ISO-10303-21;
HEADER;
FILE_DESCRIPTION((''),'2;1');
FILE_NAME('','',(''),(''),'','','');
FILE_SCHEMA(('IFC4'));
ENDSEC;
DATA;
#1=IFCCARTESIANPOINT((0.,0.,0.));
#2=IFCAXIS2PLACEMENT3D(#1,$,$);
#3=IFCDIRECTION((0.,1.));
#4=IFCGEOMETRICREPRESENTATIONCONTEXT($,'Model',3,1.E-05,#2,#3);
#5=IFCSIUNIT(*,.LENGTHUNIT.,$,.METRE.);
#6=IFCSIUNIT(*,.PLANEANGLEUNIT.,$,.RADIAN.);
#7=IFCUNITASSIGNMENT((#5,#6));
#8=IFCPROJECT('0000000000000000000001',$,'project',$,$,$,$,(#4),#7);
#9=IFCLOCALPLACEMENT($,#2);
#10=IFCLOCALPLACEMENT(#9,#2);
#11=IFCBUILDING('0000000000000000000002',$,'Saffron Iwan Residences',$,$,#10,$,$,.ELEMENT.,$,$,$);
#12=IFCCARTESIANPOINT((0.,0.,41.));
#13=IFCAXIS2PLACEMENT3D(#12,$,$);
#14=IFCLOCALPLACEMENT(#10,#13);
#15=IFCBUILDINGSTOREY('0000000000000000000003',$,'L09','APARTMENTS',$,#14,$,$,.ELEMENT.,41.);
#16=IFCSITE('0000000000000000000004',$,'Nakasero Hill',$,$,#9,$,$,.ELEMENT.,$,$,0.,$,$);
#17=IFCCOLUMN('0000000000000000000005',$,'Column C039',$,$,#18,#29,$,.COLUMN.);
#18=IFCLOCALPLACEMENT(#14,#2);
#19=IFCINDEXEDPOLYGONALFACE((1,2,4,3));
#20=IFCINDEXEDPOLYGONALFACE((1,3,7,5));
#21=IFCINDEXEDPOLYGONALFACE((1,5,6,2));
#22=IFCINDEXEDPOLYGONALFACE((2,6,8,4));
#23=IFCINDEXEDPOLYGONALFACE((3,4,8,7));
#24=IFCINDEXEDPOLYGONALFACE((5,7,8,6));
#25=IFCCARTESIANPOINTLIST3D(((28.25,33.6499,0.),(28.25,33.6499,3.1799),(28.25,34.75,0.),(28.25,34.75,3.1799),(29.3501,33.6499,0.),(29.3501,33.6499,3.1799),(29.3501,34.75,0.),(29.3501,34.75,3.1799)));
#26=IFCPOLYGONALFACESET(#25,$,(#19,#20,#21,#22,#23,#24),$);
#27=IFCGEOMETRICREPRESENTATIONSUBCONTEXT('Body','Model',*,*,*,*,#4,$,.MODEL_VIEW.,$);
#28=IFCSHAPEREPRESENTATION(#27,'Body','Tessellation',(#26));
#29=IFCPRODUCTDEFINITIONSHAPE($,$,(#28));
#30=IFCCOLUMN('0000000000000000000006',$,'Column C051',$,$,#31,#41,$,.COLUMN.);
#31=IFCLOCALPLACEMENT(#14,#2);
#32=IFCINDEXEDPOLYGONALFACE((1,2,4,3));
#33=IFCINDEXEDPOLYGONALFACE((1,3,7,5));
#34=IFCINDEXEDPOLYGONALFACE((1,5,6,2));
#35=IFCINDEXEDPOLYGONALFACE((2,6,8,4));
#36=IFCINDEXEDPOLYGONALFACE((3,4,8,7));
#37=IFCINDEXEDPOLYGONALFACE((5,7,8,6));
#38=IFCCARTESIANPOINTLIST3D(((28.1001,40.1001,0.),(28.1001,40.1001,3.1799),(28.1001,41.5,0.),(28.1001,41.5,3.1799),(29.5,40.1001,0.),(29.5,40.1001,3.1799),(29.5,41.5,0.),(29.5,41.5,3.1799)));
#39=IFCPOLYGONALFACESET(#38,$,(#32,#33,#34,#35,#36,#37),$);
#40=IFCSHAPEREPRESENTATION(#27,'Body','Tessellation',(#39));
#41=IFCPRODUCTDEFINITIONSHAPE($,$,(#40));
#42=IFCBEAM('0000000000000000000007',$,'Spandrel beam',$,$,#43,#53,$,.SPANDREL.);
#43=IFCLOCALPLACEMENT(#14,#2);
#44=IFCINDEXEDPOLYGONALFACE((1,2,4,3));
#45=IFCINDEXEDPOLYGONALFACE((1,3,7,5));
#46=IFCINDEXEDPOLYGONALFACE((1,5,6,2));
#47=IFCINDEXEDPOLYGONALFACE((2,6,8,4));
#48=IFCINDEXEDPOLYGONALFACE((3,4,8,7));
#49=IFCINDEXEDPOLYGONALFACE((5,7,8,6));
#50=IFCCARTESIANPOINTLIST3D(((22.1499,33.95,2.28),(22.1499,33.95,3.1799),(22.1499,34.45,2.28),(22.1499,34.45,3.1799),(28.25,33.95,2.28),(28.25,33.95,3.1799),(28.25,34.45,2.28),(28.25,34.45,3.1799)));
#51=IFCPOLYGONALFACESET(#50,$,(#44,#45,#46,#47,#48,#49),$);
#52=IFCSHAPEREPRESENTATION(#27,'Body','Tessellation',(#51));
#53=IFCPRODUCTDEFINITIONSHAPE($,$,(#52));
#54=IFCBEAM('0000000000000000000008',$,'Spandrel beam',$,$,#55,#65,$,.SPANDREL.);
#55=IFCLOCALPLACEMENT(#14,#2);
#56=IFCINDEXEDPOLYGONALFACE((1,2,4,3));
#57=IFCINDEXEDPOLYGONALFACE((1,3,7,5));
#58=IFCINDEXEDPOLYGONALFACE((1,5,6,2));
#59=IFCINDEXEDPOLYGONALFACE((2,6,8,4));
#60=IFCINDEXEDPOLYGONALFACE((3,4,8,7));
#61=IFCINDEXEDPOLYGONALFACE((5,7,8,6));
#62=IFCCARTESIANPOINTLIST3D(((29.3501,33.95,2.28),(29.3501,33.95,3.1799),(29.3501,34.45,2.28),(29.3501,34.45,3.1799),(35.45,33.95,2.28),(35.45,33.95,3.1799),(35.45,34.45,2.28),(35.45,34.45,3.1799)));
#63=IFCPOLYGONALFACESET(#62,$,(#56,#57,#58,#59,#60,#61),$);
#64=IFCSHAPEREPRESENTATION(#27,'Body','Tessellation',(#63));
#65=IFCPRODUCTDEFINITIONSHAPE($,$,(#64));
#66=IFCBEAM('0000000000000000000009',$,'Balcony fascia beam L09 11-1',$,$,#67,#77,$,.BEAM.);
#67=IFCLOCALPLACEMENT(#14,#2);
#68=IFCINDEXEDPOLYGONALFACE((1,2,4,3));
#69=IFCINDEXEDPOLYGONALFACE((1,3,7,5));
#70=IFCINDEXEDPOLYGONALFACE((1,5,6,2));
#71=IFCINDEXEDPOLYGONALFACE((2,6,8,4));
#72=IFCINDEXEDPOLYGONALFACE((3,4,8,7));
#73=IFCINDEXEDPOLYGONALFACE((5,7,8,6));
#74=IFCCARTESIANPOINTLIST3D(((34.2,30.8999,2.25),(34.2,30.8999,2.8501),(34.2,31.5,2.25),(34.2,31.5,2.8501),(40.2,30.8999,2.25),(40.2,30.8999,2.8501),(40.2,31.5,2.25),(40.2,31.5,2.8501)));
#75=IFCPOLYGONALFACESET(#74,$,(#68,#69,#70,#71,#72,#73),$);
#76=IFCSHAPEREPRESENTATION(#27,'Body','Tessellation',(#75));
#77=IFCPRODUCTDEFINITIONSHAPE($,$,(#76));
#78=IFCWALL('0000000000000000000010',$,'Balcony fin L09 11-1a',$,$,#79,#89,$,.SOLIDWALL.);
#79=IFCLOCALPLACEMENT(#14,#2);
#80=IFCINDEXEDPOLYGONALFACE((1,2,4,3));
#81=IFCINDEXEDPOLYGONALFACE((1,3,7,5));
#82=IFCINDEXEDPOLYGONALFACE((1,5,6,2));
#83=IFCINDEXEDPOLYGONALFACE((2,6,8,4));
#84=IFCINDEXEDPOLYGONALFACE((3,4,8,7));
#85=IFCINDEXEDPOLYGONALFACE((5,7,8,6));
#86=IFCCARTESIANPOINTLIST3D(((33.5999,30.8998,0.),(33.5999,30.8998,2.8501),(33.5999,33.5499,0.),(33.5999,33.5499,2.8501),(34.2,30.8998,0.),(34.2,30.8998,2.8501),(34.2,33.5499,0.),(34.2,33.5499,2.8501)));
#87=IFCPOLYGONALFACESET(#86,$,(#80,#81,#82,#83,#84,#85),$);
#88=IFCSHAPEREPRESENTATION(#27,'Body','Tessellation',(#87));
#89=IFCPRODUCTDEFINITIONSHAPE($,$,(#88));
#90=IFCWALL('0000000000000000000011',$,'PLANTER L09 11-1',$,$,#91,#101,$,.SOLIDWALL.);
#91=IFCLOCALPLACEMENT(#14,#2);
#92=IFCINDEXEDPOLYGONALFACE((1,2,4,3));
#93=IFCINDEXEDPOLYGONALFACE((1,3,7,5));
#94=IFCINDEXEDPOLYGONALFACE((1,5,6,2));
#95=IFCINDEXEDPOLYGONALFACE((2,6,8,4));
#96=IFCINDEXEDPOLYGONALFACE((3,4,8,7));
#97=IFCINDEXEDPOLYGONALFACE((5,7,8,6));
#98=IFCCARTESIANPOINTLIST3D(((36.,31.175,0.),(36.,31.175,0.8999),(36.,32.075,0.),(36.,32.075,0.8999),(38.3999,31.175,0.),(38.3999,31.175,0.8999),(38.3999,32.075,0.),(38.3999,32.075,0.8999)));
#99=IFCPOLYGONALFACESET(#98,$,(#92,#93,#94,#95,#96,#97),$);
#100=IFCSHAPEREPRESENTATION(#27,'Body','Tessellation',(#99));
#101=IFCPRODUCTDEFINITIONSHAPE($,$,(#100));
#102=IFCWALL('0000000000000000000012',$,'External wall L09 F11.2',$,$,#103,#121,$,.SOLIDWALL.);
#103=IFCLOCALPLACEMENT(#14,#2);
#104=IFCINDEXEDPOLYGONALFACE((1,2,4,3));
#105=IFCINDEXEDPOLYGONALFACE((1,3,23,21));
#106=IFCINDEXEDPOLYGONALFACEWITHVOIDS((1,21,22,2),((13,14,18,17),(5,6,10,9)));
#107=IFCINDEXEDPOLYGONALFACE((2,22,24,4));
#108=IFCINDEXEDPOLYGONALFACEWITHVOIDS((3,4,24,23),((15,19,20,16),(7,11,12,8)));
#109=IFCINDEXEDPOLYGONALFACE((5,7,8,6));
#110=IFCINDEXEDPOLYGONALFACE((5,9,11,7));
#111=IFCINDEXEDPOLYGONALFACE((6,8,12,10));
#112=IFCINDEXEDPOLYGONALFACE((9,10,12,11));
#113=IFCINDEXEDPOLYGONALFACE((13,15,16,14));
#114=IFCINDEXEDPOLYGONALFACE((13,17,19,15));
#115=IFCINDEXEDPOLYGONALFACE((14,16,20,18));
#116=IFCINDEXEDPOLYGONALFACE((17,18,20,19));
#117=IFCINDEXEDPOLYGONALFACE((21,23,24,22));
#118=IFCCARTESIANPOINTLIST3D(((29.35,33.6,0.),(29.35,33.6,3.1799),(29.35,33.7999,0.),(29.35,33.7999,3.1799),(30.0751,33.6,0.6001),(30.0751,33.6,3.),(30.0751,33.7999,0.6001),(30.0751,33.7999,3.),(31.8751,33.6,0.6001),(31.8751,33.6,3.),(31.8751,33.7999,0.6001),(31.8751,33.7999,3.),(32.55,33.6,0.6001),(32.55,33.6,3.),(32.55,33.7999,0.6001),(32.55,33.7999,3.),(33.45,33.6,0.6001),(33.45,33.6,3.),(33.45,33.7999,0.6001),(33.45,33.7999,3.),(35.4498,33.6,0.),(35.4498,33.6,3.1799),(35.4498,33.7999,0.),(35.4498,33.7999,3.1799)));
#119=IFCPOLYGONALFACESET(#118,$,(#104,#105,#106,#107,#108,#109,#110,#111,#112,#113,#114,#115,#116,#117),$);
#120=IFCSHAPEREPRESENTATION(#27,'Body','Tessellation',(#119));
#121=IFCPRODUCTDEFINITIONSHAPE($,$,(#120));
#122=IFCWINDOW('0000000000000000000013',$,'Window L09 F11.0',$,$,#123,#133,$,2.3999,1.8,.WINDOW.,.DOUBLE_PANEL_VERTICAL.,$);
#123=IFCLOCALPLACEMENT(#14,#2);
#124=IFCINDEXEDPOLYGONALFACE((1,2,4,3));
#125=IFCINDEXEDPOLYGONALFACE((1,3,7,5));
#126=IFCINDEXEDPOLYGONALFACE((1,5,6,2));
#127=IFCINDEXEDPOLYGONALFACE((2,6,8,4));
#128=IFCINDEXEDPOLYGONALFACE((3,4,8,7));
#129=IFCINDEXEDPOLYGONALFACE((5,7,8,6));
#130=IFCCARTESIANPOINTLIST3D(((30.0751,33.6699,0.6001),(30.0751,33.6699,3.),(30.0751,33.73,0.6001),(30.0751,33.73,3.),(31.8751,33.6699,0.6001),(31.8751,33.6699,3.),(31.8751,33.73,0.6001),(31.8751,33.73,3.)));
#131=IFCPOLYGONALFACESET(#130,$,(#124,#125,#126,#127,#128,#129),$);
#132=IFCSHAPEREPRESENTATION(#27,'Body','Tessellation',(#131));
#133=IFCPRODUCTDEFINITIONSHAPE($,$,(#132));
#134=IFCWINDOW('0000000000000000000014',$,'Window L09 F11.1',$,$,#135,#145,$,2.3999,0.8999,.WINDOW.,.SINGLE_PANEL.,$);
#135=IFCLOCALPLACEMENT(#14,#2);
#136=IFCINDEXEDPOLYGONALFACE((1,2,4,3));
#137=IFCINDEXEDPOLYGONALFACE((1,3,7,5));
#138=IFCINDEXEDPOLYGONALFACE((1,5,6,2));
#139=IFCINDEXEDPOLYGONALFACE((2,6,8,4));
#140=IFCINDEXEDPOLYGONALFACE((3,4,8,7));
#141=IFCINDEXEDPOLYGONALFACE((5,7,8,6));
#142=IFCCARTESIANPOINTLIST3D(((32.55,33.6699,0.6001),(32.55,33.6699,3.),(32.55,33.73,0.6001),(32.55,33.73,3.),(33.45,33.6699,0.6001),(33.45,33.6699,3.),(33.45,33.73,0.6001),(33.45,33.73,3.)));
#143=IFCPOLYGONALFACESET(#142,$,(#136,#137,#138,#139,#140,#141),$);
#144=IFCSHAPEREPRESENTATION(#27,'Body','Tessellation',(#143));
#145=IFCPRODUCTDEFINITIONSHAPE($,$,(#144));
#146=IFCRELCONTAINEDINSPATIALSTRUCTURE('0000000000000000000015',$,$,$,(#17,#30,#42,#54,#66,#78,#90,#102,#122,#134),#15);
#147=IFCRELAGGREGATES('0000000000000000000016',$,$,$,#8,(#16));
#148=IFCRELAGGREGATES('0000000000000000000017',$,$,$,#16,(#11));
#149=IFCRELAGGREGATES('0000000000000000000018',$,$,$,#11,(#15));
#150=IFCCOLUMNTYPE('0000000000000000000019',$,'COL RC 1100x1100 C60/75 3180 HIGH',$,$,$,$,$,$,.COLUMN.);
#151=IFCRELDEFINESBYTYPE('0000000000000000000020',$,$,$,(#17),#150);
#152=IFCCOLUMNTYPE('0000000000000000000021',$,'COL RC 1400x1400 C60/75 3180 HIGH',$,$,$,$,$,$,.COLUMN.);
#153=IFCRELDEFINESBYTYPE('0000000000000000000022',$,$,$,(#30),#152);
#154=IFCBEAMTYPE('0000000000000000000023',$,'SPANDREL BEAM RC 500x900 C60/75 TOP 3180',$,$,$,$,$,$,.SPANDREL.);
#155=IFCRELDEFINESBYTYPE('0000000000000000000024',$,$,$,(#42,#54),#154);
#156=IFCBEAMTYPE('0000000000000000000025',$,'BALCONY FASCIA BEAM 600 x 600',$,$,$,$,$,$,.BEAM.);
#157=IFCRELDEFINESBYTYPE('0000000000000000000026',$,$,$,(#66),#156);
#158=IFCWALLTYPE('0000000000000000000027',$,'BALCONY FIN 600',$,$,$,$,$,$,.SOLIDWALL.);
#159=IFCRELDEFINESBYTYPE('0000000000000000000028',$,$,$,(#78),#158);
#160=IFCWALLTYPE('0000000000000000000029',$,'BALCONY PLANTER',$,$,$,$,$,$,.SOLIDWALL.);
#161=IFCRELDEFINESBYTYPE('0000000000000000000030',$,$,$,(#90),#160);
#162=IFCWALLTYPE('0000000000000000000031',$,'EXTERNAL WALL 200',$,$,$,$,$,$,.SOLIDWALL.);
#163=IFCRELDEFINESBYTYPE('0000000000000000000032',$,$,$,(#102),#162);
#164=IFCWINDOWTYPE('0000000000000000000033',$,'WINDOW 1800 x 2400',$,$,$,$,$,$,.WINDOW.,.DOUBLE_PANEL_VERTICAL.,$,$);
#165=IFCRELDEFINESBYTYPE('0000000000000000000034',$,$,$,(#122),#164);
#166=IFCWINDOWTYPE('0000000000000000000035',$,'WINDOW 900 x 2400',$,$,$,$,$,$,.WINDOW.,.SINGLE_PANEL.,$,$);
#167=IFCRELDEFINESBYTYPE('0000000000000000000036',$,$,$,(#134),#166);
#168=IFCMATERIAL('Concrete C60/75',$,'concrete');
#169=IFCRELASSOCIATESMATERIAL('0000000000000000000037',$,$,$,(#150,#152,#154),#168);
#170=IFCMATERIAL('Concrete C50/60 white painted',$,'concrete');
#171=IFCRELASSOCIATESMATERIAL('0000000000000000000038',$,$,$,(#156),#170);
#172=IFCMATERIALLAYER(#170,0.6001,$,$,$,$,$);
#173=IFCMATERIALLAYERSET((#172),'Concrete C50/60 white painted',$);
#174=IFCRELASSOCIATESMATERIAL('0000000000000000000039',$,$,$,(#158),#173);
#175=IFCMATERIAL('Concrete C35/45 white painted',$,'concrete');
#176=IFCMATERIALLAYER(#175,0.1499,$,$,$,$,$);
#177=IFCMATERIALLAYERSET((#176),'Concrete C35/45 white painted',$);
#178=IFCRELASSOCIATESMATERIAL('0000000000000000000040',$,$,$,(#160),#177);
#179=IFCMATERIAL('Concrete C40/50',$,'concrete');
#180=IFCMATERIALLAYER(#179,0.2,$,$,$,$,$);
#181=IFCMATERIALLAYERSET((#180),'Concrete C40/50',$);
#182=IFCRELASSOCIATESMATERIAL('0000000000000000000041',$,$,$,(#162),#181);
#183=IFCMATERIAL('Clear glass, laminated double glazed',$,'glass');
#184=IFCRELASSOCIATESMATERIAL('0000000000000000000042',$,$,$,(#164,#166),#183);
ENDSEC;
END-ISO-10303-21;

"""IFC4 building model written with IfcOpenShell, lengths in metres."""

from ifc_helpers import new_model, si_unit, direction, frame, frame_2d, origin, origin_2d, place, context, subcontext, project, spatial, rectangle, extrude, source, transform, mapped, material, layer, layer_set, material_profile, profile_set, type_object, element, fill, save


model = new_model("IFC4")

# Units and contexts
model_context = context("Model", 3, precision=1e-05, world=origin(), true_north=direction((0.0, 1.0)))
body_context = subcontext(model_context, "Body", "Model", "MODEL_VIEW")
ifc_project = project(units=[si_unit("LENGTHUNIT", "METRE"), si_unit("PLANEANGLEUNIT", "RADIAN")], contexts=[model_context])

# Site, building, storey
site_placement = place(None, origin())
site = spatial("IfcSite", under=ifc_project, at=site_placement, Name="Nakasero Hill", CompositionType="ELEMENT", RefElevation=0.0)
building_placement = place(site_placement, origin())
building = spatial("IfcBuilding", under=site, at=building_placement, Name="Saffron Iwan Residences", CompositionType="ELEMENT")
storey_placement = place(building_placement, frame((0.0, 0.0, 41.0)))
storey = spatial("IfcBuildingStorey", under=building, at=storey_placement, Name="L09", Description="APARTMENTS", CompositionType="ELEMENT", Elevation=41.0)

# Columns
ifc_material_1 = material(Name="Concrete C60/75", Category="concrete")
ifc_material_profile_1 = material_profile(ifc_material_1, rectangle(XDim=1.1001, YDim=1.1001, at=origin_2d()), Name="RC 1100x1100")
ifc_profile_set_1 = profile_set([ifc_material_profile_1], Name="Concrete C60/75")
column_type_1 = type_object("IfcColumnType", Name="COL RC 1100x1100 C60/75 3180 HIGH", PredefinedType="COLUMN", material=ifc_profile_set_1)
shared_shape_1 = source(origin(), body_context, "Body", "SweptSolid", [
    extrude(rectangle(XDim=1.1001, YDim=1.1001, at=origin_2d()), origin(), (0.0, 0.0, 1.0), 3.1799),
])
column_1_placement = place(storey_placement, frame((28.8, 34.2, 0.0), z_axis=(0.0, 0.0, 1.0), x_axis=(1.0, 0.0, 0.0)))
element("IfcColumn", 1, at=column_1_placement, inside=storey, type_object=column_type_1, Name="Column C039", PredefinedType="COLUMN", context=body_context, shape_type="MappedRepresentation", body=[
    mapped(shared_shape_1, transform((0.0, 0.0, 0.0))),
])
ifc_material_profile_2 = material_profile(ifc_material_1, rectangle(XDim=1.3999, YDim=1.3999, at=origin_2d()), Name="RC 1400x1400")
ifc_profile_set_2 = profile_set([ifc_material_profile_2], Name="Concrete C60/75")
column_type_2 = type_object("IfcColumnType", Name="COL RC 1400x1400 C60/75 3180 HIGH", PredefinedType="COLUMN", material=ifc_profile_set_2)
shared_shape_2 = source(origin(), body_context, "Body", "SweptSolid", [
    extrude(rectangle(XDim=1.3999, YDim=1.3999, at=origin_2d()), origin(), (0.0, 0.0, 1.0), 3.1799),
])
column_2_placement = place(storey_placement, frame((28.8, 40.8, 0.0), z_axis=(0.0, 0.0, 1.0), x_axis=(1.0, 0.0, 0.0)))
element("IfcColumn", 2, at=column_2_placement, inside=storey, type_object=column_type_2, Name="Column C051", PredefinedType="COLUMN", context=body_context, shape_type="MappedRepresentation", body=[
    mapped(shared_shape_2, transform((0.0, 0.0, 0.0))),
])

# Beams
ifc_material_profile_3 = material_profile(ifc_material_1, rectangle(XDim=0.5, YDim=0.8999, at=origin_2d()), Name="RC 500x900")
ifc_profile_set_3 = profile_set([ifc_material_profile_3], Name="Concrete C60/75")
beam_type_1 = type_object("IfcBeamType", Name="SPANDREL BEAM RC 500x900 C60/75 TOP 3180", PredefinedType="SPANDREL", material=ifc_profile_set_3)
shared_shape_3 = source(origin(), body_context, "Body", "SweptSolid", [
    extrude(rectangle(XDim=0.5, YDim=0.8999, at=origin_2d()), origin(), (0.0, 0.0, 1.0), 6.1001),
])
beam_1_placement = place(storey_placement, frame((28.25, 34.2, 2.73), z_axis=(-1.0, 0.0, 0.0), x_axis=(0.0, -1.0, 0.0)))
element("IfcBeam", 3, at=beam_1_placement, inside=storey, type_object=beam_type_1, Name="Spandrel beam", PredefinedType="SPANDREL", context=body_context, shape_type="MappedRepresentation", body=[
    mapped(shared_shape_3, transform((0.0, 0.0, 0.0))),
])
shared_shape_4 = source(origin(), body_context, "Body", "SweptSolid", [
    extrude(rectangle(XDim=0.5, YDim=0.8999, at=origin_2d()), origin(), (0.0, 0.0, 1.0), 6.0999),
])
beam_2_placement = place(storey_placement, frame((35.45, 34.2, 2.73), z_axis=(-1.0, 0.0, 0.0), x_axis=(0.0, -1.0, 0.0)))
element("IfcBeam", 4, at=beam_2_placement, inside=storey, type_object=beam_type_1, Name="Spandrel beam", PredefinedType="SPANDREL", context=body_context, shape_type="MappedRepresentation", body=[
    mapped(shared_shape_4, transform((0.0, 0.0, 0.0))),
])
ifc_material_2 = material(Name="Concrete C50/60 white painted", Category="concrete")
ifc_material_profile_4 = material_profile(ifc_material_2, rectangle(XDim=0.6001, YDim=0.6001, at=origin_2d()), Name="BALCONY FASCIA BEAM 600 x 600")
ifc_profile_set_4 = profile_set([ifc_material_profile_4], Name="Concrete C50/60 white painted")
beam_type_2 = type_object("IfcBeamType", Name="BALCONY FASCIA BEAM 600 x 600", PredefinedType="BEAM", material=ifc_profile_set_4)
shared_shape_5 = source(origin(), body_context, "Body", "SweptSolid", [
    extrude(rectangle(XDim=0.6001, YDim=0.6001, at=origin_2d()), origin(), (0.0, 0.0, 1.0), 6.0),
])
beam_3_placement = place(storey_placement, frame((34.2, 31.2, 2.55), z_axis=(1.0, 0.0, 0.0), x_axis=(0.0, 1.0, 0.0)))
element("IfcBeam", 5, at=beam_3_placement, inside=storey, type_object=beam_type_2, Name="Balcony fascia beam L09 11-1", PredefinedType="BEAM", context=body_context, shape_type="MappedRepresentation", body=[
    mapped(shared_shape_5, transform((0.0, 0.0, 0.0))),
])

# Walls
ifc_layer_1 = layer(ifc_material_2, 0.6001)
ifc_layer_set_1 = layer_set([ifc_layer_1], Name="Concrete C50/60 white painted")
wall_type_1 = type_object("IfcWallType", Name="BALCONY FIN 600", PredefinedType="SOLIDWALL", material=ifc_layer_set_1)
wall_1_placement = place(storey_placement, frame((33.8999, 33.55, 0.0), z_axis=(0.0, 0.0, 1.0), x_axis=(0.0, -1.0, 0.0)))
element("IfcWall", 6, at=wall_1_placement, inside=storey, type_object=wall_type_1, Name="Balcony fin L09 11-1a", PredefinedType="SOLIDWALL", context=body_context, shape_type="SweptSolid", body=[
    extrude(rectangle(XDim=2.6501, YDim=0.6001, at=frame_2d((1.3252, 0.0))), origin(), (0.0, 0.0, 1.0), 2.8501),
])
ifc_material_3 = material(Name="Concrete C35/45 white painted", Category="concrete")
ifc_layer_2 = layer(ifc_material_3, 0.1499)
ifc_layer_set_2 = layer_set([ifc_layer_2], Name="Concrete C35/45 white painted")
wall_type_2 = type_object("IfcWallType", Name="BALCONY PLANTER", PredefinedType="SOLIDWALL", material=ifc_layer_set_2)
wall_2_placement = place(storey_placement, frame((36.0, 31.625, 0.0), z_axis=(0.0, 0.0, 1.0), x_axis=(1.0, 0.0, 0.0)))
element("IfcWall", 7, at=wall_2_placement, inside=storey, type_object=wall_type_2, Name="PLANTER L09 11-1", PredefinedType="SOLIDWALL", context=body_context, shape_type="SweptSolid", body=[
    extrude(rectangle(XDim=2.3999, YDim=0.8999, at=frame_2d((1.2, 0.0))), origin(), (0.0, 0.0, 1.0), 0.8999),
])

# Wall, openings, windows
ifc_material_4 = material(Name="Concrete C40/50", Category="concrete")
ifc_layer_3 = layer(ifc_material_4, 0.2)
ifc_layer_set_3 = layer_set([ifc_layer_3], Name="Concrete C40/50")
wall_type_3 = type_object("IfcWallType", Name="EXTERNAL WALL 200", PredefinedType="SOLIDWALL", material=ifc_layer_set_3)
wall_3_placement = place(storey_placement, frame((29.3501, 33.7, 0.0), z_axis=(0.0, 0.0, 1.0), x_axis=(1.0, 0.0, 0.0)))
wall_3 = element("IfcWall", 8, at=wall_3_placement, inside=storey, type_object=wall_type_3, Name="External wall L09 F11.2", PredefinedType="SOLIDWALL", context=body_context, shape_type="SweptSolid", body=[
    extrude(rectangle(XDim=6.0999, YDim=0.2, at=frame_2d((3.0498, 0.0))), origin(), (0.0, 0.0, 1.0), 3.1799),
])
opening_1_placement = place(wall_3_placement, frame((0.7251, 0.0, 0.6001)))
opening_1 = element("IfcOpeningElement", 9, at=opening_1_placement, cuts=wall_3, PredefinedType="OPENING", context=body_context, shape_type="SweptSolid", body=[
    extrude(rectangle(XDim=1.8, YDim=2.3999, at=frame_2d((0.8999, 1.2))), frame((0.0, 0.1099, 0.0), z_axis=(0.0, -1.0, 0.0), x_axis=(1.0, 0.0, 0.0)), (0.0, 0.0, 1.0), 0.22),
])
opening_2_placement = place(wall_3_placement, frame((3.2, 0.0, 0.6001)))
opening_2 = element("IfcOpeningElement", 10, at=opening_2_placement, cuts=wall_3, PredefinedType="OPENING", context=body_context, shape_type="SweptSolid", body=[
    extrude(rectangle(XDim=0.8999, YDim=2.3999, at=frame_2d((0.45, 1.2))), frame((0.0, 0.1099, 0.0), z_axis=(0.0, -1.0, 0.0), x_axis=(1.0, 0.0, 0.0)), (0.0, 0.0, 1.0), 0.22),
])
ifc_material_5 = material(Name="Clear glass, laminated double glazed", Category="glass")
window_type_1 = type_object("IfcWindowType", Name="WINDOW 1800 x 2400", PartitioningType="DOUBLE_PANEL_VERTICAL", PredefinedType="WINDOW", material=ifc_material_5)
window_1_placement = place(opening_1_placement, origin())
window_1 = element("IfcWindow", 11, at=window_1_placement, inside=storey, type_object=window_type_1, Name="Window L09 F11.0", OverallHeight=2.3999, OverallWidth=1.8, PartitioningType="DOUBLE_PANEL_VERTICAL", PredefinedType="WINDOW", context=body_context, shape_type="SweptSolid", body=[
    extrude(rectangle(XDim=1.8, YDim=2.3999, at=frame_2d((0.8999, 1.2))), frame((0.0, 0.03, 0.0), z_axis=(0.0, -1.0, 0.0), x_axis=(1.0, 0.0, 0.0)), (0.0, 0.0, 1.0), 0.0601),
])
fill(opening_1, window_1)
window_type_2 = type_object("IfcWindowType", Name="WINDOW 900 x 2400", PartitioningType="SINGLE_PANEL", PredefinedType="WINDOW", material=ifc_material_5)
window_2_placement = place(opening_2_placement, origin())
window_2 = element("IfcWindow", 12, at=window_2_placement, inside=storey, type_object=window_type_2, Name="Window L09 F11.1", OverallHeight=2.3999, OverallWidth=0.8999, PartitioningType="SINGLE_PANEL", PredefinedType="WINDOW", context=body_context, shape_type="SweptSolid", body=[
    extrude(rectangle(XDim=0.8999, YDim=2.3999, at=frame_2d((0.45, 1.2))), frame((0.0, 0.03, 0.0), z_axis=(0.0, -1.0, 0.0), x_axis=(1.0, 0.0, 0.0)), (0.0, 0.0, 1.0), 0.0601),
])
fill(opening_2, window_2)

save(model, "model.ifc")
